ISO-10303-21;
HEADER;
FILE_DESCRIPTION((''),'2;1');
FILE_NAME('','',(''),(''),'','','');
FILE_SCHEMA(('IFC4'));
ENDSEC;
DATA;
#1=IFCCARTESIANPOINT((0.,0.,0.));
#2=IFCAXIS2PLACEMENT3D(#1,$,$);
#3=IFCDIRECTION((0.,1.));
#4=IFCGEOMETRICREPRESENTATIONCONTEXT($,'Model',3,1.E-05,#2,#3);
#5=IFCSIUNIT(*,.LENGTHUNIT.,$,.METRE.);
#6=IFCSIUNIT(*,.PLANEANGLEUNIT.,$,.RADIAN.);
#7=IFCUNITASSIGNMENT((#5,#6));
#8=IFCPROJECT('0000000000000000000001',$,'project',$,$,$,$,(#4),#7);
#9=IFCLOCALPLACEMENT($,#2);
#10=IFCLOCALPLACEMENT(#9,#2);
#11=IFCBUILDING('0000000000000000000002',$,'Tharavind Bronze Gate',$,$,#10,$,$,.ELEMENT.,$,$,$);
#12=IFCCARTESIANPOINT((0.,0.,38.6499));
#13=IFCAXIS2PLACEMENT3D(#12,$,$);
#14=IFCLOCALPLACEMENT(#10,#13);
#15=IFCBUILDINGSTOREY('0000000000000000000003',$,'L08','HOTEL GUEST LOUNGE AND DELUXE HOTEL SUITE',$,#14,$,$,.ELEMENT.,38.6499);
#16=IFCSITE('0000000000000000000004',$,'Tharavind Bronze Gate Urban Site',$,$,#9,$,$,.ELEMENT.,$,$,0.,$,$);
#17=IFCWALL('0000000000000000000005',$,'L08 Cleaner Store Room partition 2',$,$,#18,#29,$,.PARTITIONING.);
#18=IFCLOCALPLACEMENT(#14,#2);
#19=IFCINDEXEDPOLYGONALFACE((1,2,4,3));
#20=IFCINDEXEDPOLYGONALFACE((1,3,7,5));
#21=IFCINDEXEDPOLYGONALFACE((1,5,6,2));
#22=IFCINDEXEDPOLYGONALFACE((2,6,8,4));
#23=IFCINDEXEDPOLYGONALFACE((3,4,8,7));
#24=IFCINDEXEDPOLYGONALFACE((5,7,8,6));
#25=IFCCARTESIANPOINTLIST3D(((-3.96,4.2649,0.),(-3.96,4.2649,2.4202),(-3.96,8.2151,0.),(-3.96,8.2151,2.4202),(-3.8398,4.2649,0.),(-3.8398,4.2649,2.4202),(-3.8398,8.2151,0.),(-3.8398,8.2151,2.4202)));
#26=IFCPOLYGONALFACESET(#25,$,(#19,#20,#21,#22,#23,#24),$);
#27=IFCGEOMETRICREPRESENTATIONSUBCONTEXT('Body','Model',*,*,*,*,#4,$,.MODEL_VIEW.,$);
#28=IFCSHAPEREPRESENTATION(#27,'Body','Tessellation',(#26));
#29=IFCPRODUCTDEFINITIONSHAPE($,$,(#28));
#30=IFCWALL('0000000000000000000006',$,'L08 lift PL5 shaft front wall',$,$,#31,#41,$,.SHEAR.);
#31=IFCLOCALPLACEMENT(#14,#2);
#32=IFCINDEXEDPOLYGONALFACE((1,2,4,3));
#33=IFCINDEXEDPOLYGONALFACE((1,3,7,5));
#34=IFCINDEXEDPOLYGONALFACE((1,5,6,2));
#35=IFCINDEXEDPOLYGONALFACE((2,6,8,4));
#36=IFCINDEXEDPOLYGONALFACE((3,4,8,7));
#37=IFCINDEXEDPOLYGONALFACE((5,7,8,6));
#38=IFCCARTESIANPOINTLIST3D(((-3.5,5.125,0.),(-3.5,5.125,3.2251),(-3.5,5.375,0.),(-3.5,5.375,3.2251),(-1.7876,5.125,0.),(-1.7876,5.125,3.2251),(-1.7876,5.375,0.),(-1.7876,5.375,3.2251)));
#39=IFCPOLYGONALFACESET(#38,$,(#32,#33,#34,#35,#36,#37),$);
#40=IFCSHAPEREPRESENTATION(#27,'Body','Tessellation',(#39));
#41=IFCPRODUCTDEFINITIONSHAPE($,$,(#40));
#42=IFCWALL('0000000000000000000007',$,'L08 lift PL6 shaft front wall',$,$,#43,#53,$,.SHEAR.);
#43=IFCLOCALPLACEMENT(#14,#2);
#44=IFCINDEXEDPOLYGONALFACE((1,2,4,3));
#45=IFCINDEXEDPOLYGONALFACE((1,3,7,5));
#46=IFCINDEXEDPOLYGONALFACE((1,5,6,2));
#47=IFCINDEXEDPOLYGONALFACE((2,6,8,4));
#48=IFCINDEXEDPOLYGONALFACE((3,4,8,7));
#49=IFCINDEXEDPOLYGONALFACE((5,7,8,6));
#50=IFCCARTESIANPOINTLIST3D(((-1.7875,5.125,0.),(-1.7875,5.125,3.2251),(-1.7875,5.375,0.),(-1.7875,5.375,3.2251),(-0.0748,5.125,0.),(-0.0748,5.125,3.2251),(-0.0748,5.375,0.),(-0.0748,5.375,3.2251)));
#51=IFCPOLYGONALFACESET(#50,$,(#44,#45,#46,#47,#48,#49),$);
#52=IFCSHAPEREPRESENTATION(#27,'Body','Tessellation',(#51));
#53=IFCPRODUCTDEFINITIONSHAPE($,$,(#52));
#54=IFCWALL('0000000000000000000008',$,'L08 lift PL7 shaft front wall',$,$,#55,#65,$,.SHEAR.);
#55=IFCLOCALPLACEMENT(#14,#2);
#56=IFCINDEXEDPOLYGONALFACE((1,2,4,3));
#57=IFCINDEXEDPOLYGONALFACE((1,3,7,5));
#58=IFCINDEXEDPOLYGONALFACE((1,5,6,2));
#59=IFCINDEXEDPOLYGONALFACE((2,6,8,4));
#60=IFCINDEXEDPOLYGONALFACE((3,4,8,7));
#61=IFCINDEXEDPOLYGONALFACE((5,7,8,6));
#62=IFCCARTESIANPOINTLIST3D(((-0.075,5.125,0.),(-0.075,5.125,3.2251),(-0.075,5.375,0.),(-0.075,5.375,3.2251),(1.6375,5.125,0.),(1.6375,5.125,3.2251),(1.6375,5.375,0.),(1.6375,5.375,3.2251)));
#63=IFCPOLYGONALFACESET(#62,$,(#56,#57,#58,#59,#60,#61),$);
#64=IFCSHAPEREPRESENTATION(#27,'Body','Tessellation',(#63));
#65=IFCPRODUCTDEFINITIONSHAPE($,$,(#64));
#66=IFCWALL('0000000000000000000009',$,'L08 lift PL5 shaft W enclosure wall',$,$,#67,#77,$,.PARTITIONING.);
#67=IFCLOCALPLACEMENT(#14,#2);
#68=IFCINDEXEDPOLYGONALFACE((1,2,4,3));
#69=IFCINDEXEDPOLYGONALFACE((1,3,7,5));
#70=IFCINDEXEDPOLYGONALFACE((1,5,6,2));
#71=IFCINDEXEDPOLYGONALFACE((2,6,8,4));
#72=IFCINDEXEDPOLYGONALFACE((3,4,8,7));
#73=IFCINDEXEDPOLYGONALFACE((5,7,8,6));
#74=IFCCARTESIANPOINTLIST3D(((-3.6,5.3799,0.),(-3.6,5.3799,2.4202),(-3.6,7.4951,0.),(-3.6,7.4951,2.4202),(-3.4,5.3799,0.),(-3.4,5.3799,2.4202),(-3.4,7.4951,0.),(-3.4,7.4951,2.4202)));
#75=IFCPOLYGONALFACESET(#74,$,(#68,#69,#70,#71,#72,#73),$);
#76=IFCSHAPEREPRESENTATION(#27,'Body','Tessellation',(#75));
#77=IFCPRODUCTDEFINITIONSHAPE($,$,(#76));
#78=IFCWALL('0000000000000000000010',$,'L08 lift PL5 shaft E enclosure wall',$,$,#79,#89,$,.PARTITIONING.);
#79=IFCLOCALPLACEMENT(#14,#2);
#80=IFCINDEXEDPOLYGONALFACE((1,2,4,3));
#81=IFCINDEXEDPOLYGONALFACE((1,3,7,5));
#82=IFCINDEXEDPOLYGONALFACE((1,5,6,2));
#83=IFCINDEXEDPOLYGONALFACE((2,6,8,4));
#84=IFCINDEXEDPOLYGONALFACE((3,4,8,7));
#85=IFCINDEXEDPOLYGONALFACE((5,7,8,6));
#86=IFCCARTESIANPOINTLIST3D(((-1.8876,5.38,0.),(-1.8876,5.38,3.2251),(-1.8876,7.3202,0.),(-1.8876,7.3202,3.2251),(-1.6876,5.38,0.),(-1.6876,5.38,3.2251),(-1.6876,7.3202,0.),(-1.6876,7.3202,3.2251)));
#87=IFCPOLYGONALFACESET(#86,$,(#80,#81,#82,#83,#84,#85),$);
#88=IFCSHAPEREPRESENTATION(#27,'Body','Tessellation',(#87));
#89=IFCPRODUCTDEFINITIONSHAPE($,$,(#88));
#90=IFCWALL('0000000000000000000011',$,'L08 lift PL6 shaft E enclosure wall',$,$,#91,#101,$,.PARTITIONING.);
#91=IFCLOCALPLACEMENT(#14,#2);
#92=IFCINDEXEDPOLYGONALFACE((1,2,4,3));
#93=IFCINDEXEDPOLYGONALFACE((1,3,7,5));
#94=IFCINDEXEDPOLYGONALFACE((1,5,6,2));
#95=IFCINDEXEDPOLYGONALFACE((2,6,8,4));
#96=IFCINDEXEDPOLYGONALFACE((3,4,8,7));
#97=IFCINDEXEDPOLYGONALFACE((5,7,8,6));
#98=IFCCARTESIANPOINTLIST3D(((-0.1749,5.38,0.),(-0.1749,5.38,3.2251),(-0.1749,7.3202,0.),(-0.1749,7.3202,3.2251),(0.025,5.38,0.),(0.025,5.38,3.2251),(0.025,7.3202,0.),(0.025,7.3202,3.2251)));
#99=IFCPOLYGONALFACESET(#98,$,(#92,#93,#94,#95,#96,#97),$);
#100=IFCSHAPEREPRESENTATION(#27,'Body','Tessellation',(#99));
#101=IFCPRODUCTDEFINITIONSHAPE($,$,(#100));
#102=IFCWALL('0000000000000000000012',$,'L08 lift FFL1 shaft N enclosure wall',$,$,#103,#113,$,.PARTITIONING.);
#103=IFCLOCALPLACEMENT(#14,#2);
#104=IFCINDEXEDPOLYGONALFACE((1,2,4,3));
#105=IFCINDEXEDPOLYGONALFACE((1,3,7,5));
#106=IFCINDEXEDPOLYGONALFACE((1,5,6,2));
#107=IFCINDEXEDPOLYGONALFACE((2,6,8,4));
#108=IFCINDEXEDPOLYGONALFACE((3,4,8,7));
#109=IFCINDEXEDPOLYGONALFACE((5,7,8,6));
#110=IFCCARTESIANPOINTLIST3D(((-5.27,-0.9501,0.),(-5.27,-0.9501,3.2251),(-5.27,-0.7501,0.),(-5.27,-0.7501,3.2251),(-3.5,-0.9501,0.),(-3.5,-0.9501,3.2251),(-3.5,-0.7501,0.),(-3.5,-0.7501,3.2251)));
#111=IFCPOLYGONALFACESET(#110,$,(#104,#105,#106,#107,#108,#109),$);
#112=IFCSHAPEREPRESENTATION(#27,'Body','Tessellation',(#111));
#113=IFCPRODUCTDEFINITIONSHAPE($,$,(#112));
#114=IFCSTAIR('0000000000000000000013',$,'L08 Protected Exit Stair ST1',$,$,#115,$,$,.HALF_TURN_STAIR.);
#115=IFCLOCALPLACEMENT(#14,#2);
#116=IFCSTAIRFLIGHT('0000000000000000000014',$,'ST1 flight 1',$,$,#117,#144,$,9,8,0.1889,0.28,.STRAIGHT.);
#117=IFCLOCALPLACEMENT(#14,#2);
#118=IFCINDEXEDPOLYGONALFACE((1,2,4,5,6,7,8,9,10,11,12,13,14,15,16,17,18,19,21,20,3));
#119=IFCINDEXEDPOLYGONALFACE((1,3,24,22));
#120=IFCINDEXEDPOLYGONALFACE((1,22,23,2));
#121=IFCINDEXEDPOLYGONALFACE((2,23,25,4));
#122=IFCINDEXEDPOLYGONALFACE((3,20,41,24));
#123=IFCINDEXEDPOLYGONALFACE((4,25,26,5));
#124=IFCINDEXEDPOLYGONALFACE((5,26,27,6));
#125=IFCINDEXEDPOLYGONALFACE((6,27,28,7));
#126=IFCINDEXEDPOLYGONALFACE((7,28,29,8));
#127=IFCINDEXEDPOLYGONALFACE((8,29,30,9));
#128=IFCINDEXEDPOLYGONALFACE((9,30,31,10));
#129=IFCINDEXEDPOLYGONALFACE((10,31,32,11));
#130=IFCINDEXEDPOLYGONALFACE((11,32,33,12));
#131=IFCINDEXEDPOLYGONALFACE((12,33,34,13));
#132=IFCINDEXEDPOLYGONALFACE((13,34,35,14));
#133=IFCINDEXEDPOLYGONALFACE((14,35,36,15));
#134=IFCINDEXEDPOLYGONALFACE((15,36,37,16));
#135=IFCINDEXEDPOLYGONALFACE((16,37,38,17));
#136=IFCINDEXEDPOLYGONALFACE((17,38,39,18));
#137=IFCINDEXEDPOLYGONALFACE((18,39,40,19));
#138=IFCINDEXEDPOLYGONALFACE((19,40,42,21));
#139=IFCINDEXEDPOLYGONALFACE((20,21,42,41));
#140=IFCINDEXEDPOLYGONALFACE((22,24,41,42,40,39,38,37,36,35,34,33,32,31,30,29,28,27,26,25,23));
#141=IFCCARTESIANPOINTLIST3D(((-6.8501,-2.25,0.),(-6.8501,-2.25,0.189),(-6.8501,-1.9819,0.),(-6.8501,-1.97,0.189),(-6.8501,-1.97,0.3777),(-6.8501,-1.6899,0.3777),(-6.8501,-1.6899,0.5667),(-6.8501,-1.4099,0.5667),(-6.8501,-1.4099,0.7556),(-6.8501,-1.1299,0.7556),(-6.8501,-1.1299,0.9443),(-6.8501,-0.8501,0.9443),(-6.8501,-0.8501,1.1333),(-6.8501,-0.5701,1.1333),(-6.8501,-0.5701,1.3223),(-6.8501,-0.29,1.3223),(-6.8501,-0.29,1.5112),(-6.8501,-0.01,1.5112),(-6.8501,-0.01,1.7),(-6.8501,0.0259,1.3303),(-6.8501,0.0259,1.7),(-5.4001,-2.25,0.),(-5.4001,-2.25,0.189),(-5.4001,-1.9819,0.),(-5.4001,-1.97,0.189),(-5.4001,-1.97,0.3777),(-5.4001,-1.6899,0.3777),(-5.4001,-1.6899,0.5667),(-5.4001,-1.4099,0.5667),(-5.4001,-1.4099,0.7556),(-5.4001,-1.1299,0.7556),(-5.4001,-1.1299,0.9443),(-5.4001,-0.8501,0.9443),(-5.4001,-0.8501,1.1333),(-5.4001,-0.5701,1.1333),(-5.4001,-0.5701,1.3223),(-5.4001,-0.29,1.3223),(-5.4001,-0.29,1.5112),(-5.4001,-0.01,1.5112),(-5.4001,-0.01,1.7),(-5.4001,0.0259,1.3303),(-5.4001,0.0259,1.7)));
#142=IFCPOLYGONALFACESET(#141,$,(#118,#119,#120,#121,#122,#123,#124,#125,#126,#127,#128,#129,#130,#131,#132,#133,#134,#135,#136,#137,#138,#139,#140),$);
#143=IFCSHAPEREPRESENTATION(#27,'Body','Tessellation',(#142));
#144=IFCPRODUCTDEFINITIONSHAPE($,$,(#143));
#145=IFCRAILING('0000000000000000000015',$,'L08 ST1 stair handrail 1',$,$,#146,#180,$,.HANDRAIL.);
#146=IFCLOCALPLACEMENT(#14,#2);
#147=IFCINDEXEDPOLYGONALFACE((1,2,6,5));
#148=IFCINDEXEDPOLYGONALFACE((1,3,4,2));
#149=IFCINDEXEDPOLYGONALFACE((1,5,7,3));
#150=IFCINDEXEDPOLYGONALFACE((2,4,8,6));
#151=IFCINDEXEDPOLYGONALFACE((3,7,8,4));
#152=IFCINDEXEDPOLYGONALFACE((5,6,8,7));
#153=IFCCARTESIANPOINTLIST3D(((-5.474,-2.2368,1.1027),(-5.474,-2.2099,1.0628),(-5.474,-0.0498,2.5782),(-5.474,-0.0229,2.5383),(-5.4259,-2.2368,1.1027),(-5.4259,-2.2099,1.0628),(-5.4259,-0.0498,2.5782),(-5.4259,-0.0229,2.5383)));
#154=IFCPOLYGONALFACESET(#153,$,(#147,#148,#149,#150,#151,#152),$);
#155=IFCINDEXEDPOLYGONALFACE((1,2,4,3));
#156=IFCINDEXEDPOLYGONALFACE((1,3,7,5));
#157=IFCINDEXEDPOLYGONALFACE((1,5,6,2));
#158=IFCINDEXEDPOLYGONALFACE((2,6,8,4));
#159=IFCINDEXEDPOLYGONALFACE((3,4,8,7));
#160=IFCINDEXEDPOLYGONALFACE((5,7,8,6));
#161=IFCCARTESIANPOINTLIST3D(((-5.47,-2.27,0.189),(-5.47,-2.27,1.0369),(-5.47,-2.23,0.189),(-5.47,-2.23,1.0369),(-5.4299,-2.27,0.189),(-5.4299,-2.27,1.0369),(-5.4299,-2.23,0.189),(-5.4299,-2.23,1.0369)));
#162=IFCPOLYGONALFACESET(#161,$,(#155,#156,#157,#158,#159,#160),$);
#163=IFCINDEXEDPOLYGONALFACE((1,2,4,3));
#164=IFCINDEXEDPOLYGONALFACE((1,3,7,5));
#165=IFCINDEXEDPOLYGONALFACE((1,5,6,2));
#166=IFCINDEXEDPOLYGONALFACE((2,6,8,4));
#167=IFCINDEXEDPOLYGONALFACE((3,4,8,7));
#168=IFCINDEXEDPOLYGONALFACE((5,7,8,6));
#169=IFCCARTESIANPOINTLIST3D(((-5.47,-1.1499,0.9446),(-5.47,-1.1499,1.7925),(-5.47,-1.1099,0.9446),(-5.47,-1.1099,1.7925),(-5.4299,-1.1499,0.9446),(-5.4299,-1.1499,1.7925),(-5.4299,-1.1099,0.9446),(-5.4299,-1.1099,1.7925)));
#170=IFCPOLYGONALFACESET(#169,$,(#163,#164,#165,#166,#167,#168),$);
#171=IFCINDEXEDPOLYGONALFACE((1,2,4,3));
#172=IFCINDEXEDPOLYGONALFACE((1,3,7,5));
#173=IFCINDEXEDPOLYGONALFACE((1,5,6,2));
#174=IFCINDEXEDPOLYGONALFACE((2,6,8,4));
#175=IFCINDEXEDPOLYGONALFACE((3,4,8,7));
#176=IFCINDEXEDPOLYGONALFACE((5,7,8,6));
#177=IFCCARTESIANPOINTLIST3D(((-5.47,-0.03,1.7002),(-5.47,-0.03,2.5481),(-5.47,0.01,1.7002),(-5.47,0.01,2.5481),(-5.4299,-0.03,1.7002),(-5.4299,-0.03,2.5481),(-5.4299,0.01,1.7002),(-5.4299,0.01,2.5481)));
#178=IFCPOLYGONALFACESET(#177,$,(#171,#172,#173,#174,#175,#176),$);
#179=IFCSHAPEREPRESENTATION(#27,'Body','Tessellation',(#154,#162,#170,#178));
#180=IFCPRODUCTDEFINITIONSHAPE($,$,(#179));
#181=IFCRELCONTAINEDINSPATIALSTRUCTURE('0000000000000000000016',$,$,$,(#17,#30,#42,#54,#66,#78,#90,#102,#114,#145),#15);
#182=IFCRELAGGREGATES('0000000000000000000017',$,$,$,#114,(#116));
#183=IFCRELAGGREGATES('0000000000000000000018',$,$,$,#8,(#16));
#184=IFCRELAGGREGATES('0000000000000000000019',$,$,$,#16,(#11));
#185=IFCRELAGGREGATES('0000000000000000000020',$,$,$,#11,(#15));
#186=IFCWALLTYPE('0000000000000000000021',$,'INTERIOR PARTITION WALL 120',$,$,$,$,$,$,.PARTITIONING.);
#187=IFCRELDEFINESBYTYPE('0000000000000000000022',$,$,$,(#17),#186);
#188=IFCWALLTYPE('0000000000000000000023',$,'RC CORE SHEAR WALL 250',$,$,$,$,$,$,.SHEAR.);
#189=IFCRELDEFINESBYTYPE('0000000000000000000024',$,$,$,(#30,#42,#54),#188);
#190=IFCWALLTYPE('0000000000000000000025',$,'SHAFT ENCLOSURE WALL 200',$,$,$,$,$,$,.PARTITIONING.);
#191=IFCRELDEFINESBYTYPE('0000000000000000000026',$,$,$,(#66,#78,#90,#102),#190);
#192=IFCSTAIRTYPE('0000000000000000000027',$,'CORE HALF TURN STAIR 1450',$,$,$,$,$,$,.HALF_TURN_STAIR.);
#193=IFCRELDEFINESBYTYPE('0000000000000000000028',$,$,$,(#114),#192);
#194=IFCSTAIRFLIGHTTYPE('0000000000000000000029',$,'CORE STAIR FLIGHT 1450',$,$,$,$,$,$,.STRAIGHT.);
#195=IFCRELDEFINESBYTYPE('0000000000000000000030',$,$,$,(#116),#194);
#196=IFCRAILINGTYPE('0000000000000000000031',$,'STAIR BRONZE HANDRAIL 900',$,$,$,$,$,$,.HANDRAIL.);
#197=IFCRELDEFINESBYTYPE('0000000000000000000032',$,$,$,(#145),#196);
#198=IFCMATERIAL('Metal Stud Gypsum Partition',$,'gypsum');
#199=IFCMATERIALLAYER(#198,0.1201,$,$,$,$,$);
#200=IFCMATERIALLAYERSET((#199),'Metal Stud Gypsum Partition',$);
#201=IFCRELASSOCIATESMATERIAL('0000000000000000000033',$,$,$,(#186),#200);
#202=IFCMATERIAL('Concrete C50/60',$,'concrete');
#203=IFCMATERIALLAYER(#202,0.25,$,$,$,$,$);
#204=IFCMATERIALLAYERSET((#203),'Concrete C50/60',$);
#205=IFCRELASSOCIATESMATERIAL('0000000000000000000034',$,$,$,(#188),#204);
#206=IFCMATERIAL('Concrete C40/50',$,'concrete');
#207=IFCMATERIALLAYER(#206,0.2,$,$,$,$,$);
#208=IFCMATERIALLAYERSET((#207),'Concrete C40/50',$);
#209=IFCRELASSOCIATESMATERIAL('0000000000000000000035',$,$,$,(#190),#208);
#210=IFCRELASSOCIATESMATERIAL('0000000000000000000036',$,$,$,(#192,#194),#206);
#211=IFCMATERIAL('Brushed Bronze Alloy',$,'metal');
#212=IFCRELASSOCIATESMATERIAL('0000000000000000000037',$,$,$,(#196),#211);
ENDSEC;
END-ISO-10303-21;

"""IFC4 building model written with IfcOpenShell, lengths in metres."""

from ifc_helpers import new_model, si_unit, direction, frame, frame_2d, origin, origin_2d, place, context, subcontext, project, spatial, polyline, rectangle, outline, extrude, material, layer, layer_set, type_object, element, aggregate, save


model = new_model("IFC4")

# Units and contexts
model_context = context("Model", 3, precision=1e-05, world=origin(), true_north=direction((0.0, 1.0)))
body_context = subcontext(model_context, "Body", "Model", "MODEL_VIEW")
ifc_project = project(units=[si_unit("LENGTHUNIT", "METRE"), si_unit("PLANEANGLEUNIT", "RADIAN")], contexts=[model_context])

# Site, building, storey
site_placement = place(None, origin())
site = spatial("IfcSite", under=ifc_project, at=site_placement, Name="Tharavind Bronze Gate Urban Site", CompositionType="ELEMENT", RefElevation=0.0)
building_placement = place(site_placement, origin())
building = spatial("IfcBuilding", under=site, at=building_placement, Name="Tharavind Bronze Gate", CompositionType="ELEMENT")
storey_placement = place(building_placement, frame((0.0, 0.0, 38.6499)))
storey = spatial("IfcBuildingStorey", under=building, at=storey_placement, Name="L08", Description="HOTEL GUEST LOUNGE AND DELUXE HOTEL SUITE", CompositionType="ELEMENT", Elevation=38.6499)

# Shared definitions
ifc_material_1 = material(Name="Concrete C40/50", Category="concrete")

# Shared definitions
ifc_material_2 = material(Name="Metal Stud Gypsum Partition", Category="gypsum")
ifc_layer_1 = layer(ifc_material_2, 0.1201)
ifc_layer_set_1 = layer_set([ifc_layer_1], Name="Metal Stud Gypsum Partition")
wall_type_1 = type_object("IfcWallType", Name="INTERIOR PARTITION WALL 120", PredefinedType="PARTITIONING", material=ifc_layer_set_1)

# Walls
wall_1_placement = place(storey_placement, frame((-3.8999, 4.2649, 0.0), z_axis=(0.0, 0.0, 1.0), x_axis=(0.0, 1.0, 0.0)))
element("IfcWall", 1, at=wall_1_placement, inside=storey, type_object=wall_type_1, Name="L08 Cleaner Store Room partition 2", PredefinedType="PARTITIONING", context=body_context, shape_type="SweptSolid", body=[
    extrude(rectangle(XDim=3.9502, YDim=0.1201, at=frame_2d((1.9751, 0.0))), origin(), (0.0, 0.0, 1.0), 2.4202),
])
ifc_material_3 = material(Name="Concrete C50/60", Category="concrete")
ifc_layer_2 = layer(ifc_material_3, 0.25)
ifc_layer_set_2 = layer_set([ifc_layer_2], Name="Concrete C50/60")
wall_type_2 = type_object("IfcWallType", Name="RC CORE SHEAR WALL 250", PredefinedType="SHEAR", material=ifc_layer_set_2)
wall_2_placement = place(storey_placement, frame((-3.5, 5.25, 0.0), z_axis=(0.0, 0.0, 1.0), x_axis=(1.0, 0.0, 0.0)))
element("IfcWall", 2, at=wall_2_placement, inside=storey, type_object=wall_type_2, Name="L08 lift PL5 shaft front wall", PredefinedType="SHEAR", context=body_context, shape_type="SweptSolid", body=[
    extrude(rectangle(XDim=1.7124, YDim=0.25, at=frame_2d((0.8562, 0.0))), origin(), (0.0, 0.0, 1.0), 3.2251),
])
wall_3_placement = place(storey_placement, frame((-1.7876, 5.25, 0.0), z_axis=(0.0, 0.0, 1.0), x_axis=(1.0, 0.0, 0.0)))
element("IfcWall", 3, at=wall_3_placement, inside=storey, type_object=wall_type_2, Name="L08 lift PL6 shaft front wall", PredefinedType="SHEAR", context=body_context, shape_type="SweptSolid", body=[
    extrude(rectangle(XDim=1.7126, YDim=0.25, at=frame_2d((0.8564, 0.0))), origin(), (0.0, 0.0, 1.0), 3.2251),
])
wall_4_placement = place(storey_placement, frame((-0.075, 5.25, 0.0), z_axis=(0.0, 0.0, 1.0), x_axis=(1.0, 0.0, 0.0)))
element("IfcWall", 4, at=wall_4_placement, inside=storey, type_object=wall_type_2, Name="L08 lift PL7 shaft front wall", PredefinedType="SHEAR", context=body_context, shape_type="SweptSolid", body=[
    extrude(rectangle(XDim=1.7124, YDim=0.25, at=frame_2d((0.8562, 0.0))), origin(), (0.0, 0.0, 1.0), 3.2251),
])
ifc_layer_3 = layer(ifc_material_1, 0.2)
ifc_layer_set_3 = layer_set([ifc_layer_3], Name="Concrete C40/50")
wall_type_3 = type_object("IfcWallType", Name="SHAFT ENCLOSURE WALL 200", PredefinedType="PARTITIONING", material=ifc_layer_set_3)
wall_5_placement = place(storey_placement, frame((-3.5, 5.3799, 0.0), z_axis=(0.0, 0.0, 1.0), x_axis=(0.0, 1.0, 0.0)))
element("IfcWall", 5, at=wall_5_placement, inside=storey, type_object=wall_type_3, Name="L08 lift PL5 shaft W enclosure wall", PredefinedType="PARTITIONING", context=body_context, shape_type="SweptSolid", body=[
    extrude(rectangle(XDim=2.1152, YDim=0.2, at=frame_2d((1.0576, 0.0))), origin(), (0.0, 0.0, 1.0), 2.4202),
])
for number, where, z_axis, x_axis, name in (
    (6, (-1.7876, 5.3799, 0.0), (0.0, 0.0, 1.0), (0.0, 1.0, 0.0), "L08 lift PL5 shaft E enclosure wall"),
    (7, (-0.075, 5.3799, 0.0), (0.0, 0.0, 1.0), (0.0, 1.0, 0.0), "L08 lift PL6 shaft E enclosure wall"),
):
    element("IfcWall", number, at=place(storey_placement, frame(where, z_axis=z_axis, x_axis=x_axis)), inside=storey, type_object=wall_type_3, Name=name, PredefinedType="PARTITIONING", context=body_context, shape_type="SweptSolid", body=[
        extrude(rectangle(XDim=1.9402, YDim=0.2, at=frame_2d((0.9702, 0.0))), origin(), (0.0, 0.0, 1.0), 3.2251),
    ])
wall_6_placement = place(storey_placement, frame((-5.27, -0.8501, 0.0), z_axis=(0.0, 0.0, 1.0), x_axis=(1.0, 0.0, 0.0)))
element("IfcWall", 8, at=wall_6_placement, inside=storey, type_object=wall_type_3, Name="L08 lift FFL1 shaft N enclosure wall", PredefinedType="PARTITIONING", context=body_context, shape_type="SweptSolid", body=[
    extrude(rectangle(XDim=1.77, YDim=0.2, at=frame_2d((0.885, 0.0))), origin(), (0.0, 0.0, 1.0), 3.2251),
])

# Stair, stair flight
stair_type = type_object("IfcStairType", Name="CORE HALF TURN STAIR 1450", PredefinedType="HALF_TURN_STAIR", material=ifc_material_1)
stair_placement = place(storey_placement, origin())
stair = element("IfcStair", 9, at=stair_placement, inside=storey, type_object=stair_type, Name="L08 Protected Exit Stair ST1", PredefinedType="HALF_TURN_STAIR")
stair_flight_type = type_object("IfcStairFlightType", Name="CORE STAIR FLIGHT 1450", PredefinedType="STRAIGHT", material=ifc_material_1)
stair_flight_placement = place(storey_placement, frame((-6.125, -2.25, 0.0), z_axis=(0.0, 0.0, 1.0), x_axis=(0.0, 1.0, 0.0)))
stair_flight = element("IfcStairFlight", 10, at=stair_flight_placement, type_object=stair_flight_type, Name="ST1 flight 1", NumberOfRisers=9, NumberOfTreads=8, PredefinedType="STRAIGHT", RiserHeight=0.1889, TreadLength=0.28, context=body_context, shape_type="SweptSolid", body=[
    extrude(outline(polyline([(0.0, 0.0), (0.0, 0.189), (0.28, 0.189), (0.28, 0.3777), (0.5601, 0.3777), (0.5601, 0.5667), (0.8401, 0.5667), (0.8401, 0.7556), (1.1201, 0.7556), (1.1201, 0.9443), (1.3999, 0.9443), (1.3999, 1.1333), (1.6799, 1.1333), (1.6799, 1.3223), (1.96, 1.3223), (1.96, 1.5112), (2.24, 1.5112), (2.24, 1.7), (2.2759, 1.7), (2.2759, 1.3303), (0.2681, 0.0), (0.0, 0.0)])), frame((0.0, 0.7251, 0.0), z_axis=(0.0, -1.0, 0.0), x_axis=(1.0, 0.0, 0.0)), (0.0, 0.0, 1.0), 1.45),
])
aggregate(stair, [stair_flight])

# Railing
ifc_material_4 = material(Name="Brushed Bronze Alloy", Category="metal")
railing_type_1 = type_object("IfcRailingType", Name="STAIR BRONZE HANDRAIL 900", PredefinedType="HANDRAIL", material=ifc_material_4)
railing_1_placement = place(storey_placement, frame((-5.45, -2.25, 0.189)))
element("IfcRailing", 11, at=railing_1_placement, inside=storey, type_object=railing_type_1, Name="L08 ST1 stair handrail 1", PredefinedType="HANDRAIL", context=body_context, shape_type="SweptSolid", body=[
    extrude(rectangle(XDim=0.0481, YDim=0.0481, at=origin_2d()), frame((0.0, 0.0266, 0.8938), z_axis=(0.0, 0.82898, 0.559279), x_axis=(-1.0, 0.0, 0.0)), (0.0, 0.0, 1.0), 2.6382),
    extrude(rectangle(XDim=0.04, YDim=0.04, at=origin_2d()), origin(), (0.0, 0.0, 1.0), 0.8479),
    extrude(rectangle(XDim=0.04, YDim=0.04, at=origin_2d()), frame((0.0, 1.1201, 0.7556)), (0.0, 0.0, 1.0), 0.8479),
    extrude(rectangle(XDim=0.04, YDim=0.04, at=origin_2d()), frame((0.0, 2.24, 1.5112)), (0.0, 0.0, 1.0), 0.8479),
])

save(model, "model.ifc")
